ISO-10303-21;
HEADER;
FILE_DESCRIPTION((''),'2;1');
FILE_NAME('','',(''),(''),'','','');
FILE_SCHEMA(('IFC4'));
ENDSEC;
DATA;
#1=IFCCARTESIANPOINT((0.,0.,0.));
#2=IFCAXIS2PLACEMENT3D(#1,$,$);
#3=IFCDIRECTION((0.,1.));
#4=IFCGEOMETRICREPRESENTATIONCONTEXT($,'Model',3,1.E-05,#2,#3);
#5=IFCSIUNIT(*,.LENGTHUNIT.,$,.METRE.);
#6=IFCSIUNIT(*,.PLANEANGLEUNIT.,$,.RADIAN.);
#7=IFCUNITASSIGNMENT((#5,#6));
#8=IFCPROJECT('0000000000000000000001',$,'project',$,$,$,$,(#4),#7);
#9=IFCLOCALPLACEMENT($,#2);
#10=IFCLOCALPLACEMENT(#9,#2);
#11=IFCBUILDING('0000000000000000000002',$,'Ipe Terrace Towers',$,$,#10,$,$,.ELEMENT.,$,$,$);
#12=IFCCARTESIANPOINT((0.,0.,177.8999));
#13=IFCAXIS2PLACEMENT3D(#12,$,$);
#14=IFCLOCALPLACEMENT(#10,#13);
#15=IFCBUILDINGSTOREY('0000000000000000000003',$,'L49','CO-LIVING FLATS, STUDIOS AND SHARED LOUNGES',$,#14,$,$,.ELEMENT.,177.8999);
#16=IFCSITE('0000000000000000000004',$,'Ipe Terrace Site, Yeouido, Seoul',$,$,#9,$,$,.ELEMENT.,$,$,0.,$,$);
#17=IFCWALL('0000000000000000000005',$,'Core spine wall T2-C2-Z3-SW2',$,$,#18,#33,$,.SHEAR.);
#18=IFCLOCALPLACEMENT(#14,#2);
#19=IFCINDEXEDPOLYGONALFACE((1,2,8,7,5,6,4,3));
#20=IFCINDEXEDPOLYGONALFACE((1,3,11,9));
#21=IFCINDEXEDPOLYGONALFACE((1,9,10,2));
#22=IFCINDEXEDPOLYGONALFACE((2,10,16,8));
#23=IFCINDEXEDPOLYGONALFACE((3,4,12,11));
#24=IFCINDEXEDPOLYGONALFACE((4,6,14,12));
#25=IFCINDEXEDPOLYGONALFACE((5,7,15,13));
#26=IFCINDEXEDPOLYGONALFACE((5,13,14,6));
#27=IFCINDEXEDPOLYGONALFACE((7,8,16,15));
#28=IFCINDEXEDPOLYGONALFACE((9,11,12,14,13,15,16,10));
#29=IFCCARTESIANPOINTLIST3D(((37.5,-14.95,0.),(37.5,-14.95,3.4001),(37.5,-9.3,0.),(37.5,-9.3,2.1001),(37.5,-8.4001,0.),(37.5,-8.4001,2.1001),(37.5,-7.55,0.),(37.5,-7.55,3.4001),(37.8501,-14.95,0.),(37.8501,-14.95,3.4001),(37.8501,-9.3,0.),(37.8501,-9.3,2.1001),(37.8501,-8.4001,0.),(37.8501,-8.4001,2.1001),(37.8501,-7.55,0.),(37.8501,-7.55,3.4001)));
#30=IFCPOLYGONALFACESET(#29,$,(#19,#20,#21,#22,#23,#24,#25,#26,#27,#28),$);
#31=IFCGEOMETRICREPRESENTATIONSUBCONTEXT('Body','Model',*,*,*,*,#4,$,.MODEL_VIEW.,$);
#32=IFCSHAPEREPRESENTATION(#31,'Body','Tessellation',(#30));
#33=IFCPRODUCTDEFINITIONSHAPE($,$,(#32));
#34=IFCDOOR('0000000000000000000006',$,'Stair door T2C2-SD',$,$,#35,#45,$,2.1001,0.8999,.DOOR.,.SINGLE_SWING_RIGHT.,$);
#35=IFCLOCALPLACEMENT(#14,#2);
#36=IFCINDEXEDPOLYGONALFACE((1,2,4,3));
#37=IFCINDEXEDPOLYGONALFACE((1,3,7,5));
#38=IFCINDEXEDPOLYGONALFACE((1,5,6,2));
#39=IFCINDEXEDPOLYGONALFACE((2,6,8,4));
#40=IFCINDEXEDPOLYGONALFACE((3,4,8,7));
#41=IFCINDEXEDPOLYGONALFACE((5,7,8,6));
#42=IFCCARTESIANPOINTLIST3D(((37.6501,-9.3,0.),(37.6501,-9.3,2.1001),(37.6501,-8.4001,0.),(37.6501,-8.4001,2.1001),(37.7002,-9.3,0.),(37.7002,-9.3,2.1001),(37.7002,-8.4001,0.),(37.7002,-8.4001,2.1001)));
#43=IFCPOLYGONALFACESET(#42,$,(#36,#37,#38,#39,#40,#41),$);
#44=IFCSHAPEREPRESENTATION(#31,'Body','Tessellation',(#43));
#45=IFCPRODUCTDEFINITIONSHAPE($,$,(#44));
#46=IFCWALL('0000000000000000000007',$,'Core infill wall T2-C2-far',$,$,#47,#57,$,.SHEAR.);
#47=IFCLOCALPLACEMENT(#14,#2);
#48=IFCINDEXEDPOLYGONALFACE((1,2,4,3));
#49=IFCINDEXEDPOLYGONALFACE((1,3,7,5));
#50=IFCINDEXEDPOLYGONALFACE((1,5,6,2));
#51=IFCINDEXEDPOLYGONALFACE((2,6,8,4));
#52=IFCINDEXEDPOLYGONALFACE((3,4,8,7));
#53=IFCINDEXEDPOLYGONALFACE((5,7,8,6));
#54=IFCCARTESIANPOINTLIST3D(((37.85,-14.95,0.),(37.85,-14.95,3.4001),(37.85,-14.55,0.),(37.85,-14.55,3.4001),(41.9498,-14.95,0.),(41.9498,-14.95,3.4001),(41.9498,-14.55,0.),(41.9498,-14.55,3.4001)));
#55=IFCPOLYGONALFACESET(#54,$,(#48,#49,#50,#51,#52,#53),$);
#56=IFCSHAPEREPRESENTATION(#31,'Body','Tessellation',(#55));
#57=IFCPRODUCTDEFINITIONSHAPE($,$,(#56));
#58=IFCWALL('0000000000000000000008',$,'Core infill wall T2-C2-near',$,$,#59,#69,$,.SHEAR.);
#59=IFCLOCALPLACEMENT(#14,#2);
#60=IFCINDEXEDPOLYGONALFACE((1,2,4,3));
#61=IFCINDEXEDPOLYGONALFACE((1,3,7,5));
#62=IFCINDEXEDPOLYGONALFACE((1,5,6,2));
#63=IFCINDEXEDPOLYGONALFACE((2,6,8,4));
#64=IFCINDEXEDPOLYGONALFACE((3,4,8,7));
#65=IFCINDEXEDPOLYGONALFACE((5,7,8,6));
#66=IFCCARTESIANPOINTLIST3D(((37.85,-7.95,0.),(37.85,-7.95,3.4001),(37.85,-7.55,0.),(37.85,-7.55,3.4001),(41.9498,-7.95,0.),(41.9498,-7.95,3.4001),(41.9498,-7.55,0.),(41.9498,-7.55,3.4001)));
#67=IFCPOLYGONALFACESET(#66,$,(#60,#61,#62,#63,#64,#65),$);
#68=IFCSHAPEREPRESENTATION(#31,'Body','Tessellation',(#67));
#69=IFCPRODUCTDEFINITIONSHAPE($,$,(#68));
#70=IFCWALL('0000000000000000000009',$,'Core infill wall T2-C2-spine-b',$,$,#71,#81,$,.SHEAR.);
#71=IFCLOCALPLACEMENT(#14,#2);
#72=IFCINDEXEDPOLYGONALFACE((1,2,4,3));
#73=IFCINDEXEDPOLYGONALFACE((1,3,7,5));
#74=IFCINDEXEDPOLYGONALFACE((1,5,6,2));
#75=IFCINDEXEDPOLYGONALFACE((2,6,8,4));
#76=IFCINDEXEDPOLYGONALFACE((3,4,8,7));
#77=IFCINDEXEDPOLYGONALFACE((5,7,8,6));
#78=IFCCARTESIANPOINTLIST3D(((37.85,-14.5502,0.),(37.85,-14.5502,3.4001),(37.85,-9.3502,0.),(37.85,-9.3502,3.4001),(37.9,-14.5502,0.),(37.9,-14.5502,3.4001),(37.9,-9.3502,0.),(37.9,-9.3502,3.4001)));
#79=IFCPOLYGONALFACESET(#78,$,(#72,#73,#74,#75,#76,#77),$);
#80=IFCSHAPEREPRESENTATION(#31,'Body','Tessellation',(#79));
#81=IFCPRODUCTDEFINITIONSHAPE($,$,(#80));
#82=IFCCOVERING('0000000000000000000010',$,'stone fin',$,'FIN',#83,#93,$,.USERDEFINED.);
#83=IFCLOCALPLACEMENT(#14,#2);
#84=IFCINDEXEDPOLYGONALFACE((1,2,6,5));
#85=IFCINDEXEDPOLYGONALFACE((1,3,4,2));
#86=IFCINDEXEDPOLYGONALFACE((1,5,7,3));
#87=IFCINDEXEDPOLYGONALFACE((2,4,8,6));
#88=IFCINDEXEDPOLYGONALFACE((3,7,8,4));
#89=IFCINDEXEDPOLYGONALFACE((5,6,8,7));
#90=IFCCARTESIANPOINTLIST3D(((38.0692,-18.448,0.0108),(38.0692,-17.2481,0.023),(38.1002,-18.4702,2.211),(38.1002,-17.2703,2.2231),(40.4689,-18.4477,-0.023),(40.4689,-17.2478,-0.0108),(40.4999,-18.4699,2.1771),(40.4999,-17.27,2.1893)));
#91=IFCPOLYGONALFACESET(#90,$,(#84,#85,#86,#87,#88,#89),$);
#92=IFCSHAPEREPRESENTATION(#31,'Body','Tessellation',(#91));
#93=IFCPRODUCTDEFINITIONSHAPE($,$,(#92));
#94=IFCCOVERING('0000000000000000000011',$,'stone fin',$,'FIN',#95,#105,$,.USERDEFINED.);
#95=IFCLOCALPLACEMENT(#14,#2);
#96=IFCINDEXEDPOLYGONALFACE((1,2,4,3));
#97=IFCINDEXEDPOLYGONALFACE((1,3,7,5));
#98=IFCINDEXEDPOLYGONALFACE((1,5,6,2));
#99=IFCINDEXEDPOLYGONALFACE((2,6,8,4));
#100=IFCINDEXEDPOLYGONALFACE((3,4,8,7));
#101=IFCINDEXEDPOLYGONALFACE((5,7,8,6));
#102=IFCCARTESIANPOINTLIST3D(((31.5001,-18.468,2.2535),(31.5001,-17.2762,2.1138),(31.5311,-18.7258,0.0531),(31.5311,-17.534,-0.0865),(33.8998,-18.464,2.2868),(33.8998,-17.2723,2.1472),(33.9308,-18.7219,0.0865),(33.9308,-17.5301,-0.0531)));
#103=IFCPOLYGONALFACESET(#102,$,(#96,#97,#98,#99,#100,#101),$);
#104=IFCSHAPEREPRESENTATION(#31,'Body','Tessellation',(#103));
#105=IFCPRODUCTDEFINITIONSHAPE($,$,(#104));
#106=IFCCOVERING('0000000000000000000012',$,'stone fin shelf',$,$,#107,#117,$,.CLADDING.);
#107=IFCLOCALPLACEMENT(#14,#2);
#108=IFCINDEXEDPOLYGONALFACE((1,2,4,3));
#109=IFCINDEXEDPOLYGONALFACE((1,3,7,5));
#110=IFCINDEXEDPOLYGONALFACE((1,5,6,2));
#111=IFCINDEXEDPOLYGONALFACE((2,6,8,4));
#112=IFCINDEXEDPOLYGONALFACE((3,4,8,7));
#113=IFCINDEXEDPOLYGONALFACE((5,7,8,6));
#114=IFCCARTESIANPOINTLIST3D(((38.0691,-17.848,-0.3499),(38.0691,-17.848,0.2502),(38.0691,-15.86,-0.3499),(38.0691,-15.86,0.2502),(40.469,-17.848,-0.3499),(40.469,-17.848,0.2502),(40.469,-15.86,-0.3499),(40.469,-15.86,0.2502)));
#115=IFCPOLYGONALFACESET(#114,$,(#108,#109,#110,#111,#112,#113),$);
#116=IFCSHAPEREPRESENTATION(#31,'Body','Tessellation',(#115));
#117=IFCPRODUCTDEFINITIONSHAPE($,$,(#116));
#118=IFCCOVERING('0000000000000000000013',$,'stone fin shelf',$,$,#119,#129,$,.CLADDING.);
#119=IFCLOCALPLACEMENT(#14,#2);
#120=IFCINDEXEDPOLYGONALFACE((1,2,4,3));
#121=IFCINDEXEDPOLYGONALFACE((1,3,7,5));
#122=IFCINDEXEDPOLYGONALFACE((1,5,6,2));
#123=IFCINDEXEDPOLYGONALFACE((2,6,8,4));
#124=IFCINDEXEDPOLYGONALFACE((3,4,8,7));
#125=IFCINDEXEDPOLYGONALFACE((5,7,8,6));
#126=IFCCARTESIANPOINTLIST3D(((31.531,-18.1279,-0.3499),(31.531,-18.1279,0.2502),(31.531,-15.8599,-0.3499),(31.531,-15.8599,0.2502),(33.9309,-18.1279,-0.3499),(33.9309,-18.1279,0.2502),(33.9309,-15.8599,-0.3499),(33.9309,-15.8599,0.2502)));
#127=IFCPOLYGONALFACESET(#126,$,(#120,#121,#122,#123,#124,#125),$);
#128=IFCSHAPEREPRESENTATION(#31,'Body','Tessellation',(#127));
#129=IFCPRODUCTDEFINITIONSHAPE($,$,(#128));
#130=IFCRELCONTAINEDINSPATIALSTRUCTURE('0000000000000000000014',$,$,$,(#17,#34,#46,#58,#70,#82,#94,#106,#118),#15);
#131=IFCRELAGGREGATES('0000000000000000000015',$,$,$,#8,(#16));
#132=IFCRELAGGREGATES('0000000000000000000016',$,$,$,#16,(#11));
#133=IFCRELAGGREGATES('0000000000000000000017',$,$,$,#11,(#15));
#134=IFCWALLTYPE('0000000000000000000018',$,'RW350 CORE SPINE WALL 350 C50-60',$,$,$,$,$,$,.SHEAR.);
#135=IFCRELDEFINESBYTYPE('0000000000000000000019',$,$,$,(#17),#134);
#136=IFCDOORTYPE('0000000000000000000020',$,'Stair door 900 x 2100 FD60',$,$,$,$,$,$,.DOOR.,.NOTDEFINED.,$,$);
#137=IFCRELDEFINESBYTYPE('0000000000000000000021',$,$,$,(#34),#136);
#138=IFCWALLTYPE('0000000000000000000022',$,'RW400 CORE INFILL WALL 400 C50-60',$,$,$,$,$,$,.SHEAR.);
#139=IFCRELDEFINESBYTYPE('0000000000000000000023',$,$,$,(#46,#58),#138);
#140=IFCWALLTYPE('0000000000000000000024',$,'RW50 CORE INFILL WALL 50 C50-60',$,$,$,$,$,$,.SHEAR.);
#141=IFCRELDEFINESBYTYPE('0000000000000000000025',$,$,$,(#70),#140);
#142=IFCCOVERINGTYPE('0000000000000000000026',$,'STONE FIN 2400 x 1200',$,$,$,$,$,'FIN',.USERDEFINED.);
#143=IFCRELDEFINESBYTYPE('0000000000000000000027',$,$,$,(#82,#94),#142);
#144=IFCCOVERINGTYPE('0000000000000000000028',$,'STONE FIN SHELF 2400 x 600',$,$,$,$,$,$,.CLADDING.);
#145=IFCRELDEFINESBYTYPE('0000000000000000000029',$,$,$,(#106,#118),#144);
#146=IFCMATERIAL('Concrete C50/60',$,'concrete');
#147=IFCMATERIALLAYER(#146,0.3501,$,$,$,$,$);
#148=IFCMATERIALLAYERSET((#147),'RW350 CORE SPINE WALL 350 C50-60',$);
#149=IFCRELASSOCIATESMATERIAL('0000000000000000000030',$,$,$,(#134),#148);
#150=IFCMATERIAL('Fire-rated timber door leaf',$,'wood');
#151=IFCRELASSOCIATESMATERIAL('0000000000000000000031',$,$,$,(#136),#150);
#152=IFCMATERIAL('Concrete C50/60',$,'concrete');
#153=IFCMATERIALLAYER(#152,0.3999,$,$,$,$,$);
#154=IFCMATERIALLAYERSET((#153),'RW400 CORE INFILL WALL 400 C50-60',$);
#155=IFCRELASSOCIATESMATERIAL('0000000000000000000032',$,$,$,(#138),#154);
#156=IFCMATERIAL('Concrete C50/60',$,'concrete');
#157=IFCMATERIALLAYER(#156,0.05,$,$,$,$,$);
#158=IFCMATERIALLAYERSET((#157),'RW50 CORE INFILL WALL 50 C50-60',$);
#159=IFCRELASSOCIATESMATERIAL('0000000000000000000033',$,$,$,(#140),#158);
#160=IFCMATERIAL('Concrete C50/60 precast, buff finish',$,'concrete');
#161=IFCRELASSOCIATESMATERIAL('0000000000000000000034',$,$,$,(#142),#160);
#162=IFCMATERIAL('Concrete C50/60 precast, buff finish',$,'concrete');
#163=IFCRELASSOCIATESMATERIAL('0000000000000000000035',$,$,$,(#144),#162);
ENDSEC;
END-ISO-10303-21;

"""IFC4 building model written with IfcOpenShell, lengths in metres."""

from ifc_helpers import new_model, si_unit, direction, frame, frame_2d, origin, origin_2d, place, context, subcontext, project, spatial, rectangle, extrude, material, layer, layer_set, material_profile, profile_set, type_object, element, fill, save


model = new_model("IFC4")

# Units and contexts
model_context = context("Model", 3, precision=1e-05, world=origin(), true_north=direction((0.0, 1.0)))
body_context = subcontext(model_context, "Body", "Model", "MODEL_VIEW")
ifc_project = project(units=[si_unit("LENGTHUNIT", "METRE"), si_unit("PLANEANGLEUNIT", "RADIAN")], contexts=[model_context])

# Site, building, storey
site_placement = place(None, origin())
site = spatial("IfcSite", under=ifc_project, at=site_placement, Name="Ipe Terrace Site, Yeouido, Seoul", CompositionType="ELEMENT", RefElevation=0.0)
building_placement = place(site_placement, origin())
building = spatial("IfcBuilding", under=site, at=building_placement, Name="Ipe Terrace Towers", CompositionType="ELEMENT")
storey_placement = place(building_placement, frame((0.0, 0.0, 177.8999)))
storey = spatial("IfcBuildingStorey", under=building, at=storey_placement, Name="L49", Description="CO-LIVING FLATS, STUDIOS AND SHARED LOUNGES", CompositionType="ELEMENT", Elevation=177.8999)

# Shared definitions
ifc_material_1 = material(Name="Concrete C50/60", Category="concrete")
ifc_layer_1 = layer(ifc_material_1, 0.3501)
ifc_layer_set_1 = layer_set([ifc_layer_1], Name="RW350 CORE SPINE WALL 350 C50-60")
wall_type_1 = type_object("IfcWallType", Name="RW350 CORE SPINE WALL 350 C50-60", PredefinedType="SHEAR", material=ifc_layer_set_1)

# Wall, opening, door
wall_1_placement = place(storey_placement, frame((37.675, -14.95, 0.0), z_axis=(0.0, 0.0, 1.0), x_axis=(0.0, 1.0, 0.0)))
wall_1 = element("IfcWall", 1, at=wall_1_placement, inside=storey, type_object=wall_type_1, Name="Core spine wall T2-C2-Z3-SW2", PredefinedType="SHEAR", context=body_context, shape_type="SweptSolid", body=[
    extrude(rectangle(XDim=7.3999, YDim=0.3501, at=frame_2d((3.7, 0.0))), origin(), (0.0, 0.0, 1.0), 3.4001),
])
opening_1_placement = place(wall_1_placement, frame((5.6499, 0.0, 0.0)))
opening_1 = element("IfcOpeningElement", 2, at=opening_1_placement, cuts=wall_1, PredefinedType="OPENING", context=body_context, shape_type="SweptSolid", body=[
    extrude(rectangle(XDim=0.8999, YDim=2.1001, at=frame_2d((0.45, 1.05))), frame((0.0, 0.1851, 0.0), z_axis=(0.0, -1.0, 0.0), x_axis=(1.0, 0.0, 0.0)), (0.0, 0.0, 1.0), 0.3701),
])
ifc_material_2 = material(Name="Fire-rated timber door leaf", Category="wood")
door_type_1 = type_object("IfcDoorType", Name="Stair door 900 x 2100 FD60", OperationType="NOTDEFINED", PredefinedType="DOOR", material=ifc_material_2)
door_1_placement = place(opening_1_placement, origin())
door_1 = element("IfcDoor", 3, at=door_1_placement, inside=storey, type_object=door_type_1, Name="Stair door T2C2-SD", OperationType="SINGLE_SWING_RIGHT", OverallHeight=2.1001, OverallWidth=0.8999, PredefinedType="DOOR", context=body_context, shape_type="SweptSolid", body=[
    extrude(rectangle(XDim=0.8999, YDim=2.1001, at=frame_2d((0.45, 1.05))), frame((0.0, 0.0249, 0.0), z_axis=(0.0, -1.0, 0.0), x_axis=(1.0, 0.0, 0.0)), (0.0, 0.0, 1.0), 0.05),
])
fill(opening_1, door_1)

# Walls
ifc_material_3 = material(Name="Concrete C50/60", Category="concrete")
ifc_layer_2 = layer(ifc_material_3, 0.3999)
ifc_layer_set_2 = layer_set([ifc_layer_2], Name="RW400 CORE INFILL WALL 400 C50-60")
wall_type_2 = type_object("IfcWallType", Name="RW400 CORE INFILL WALL 400 C50-60", PredefinedType="SHEAR", material=ifc_layer_set_2)
for number, where, z_axis, x_axis, name in (
    (4, (37.8501, -14.75, 0.0), (0.0, 0.0, 1.0), (1.0, 0.0, 0.0), "Core infill wall T2-C2-far"),
    (5, (37.8501, -7.75, 0.0), (0.0, 0.0, 1.0), (1.0, 0.0, 0.0), "Core infill wall T2-C2-near"),
):
    element("IfcWall", number, at=place(storey_placement, frame(where, z_axis=z_axis, x_axis=x_axis)), inside=storey, type_object=wall_type_2, Name=name, PredefinedType="SHEAR", context=body_context, shape_type="SweptSolid", body=[
        extrude(rectangle(XDim=4.0999, YDim=0.3999, at=frame_2d((2.0498, 0.0))), origin(), (0.0, 0.0, 1.0), 3.4001),
    ])
ifc_material_4 = material(Name="Concrete C50/60", Category="concrete")
ifc_layer_3 = layer(ifc_material_4, 0.05)
ifc_layer_set_3 = layer_set([ifc_layer_3], Name="RW50 CORE INFILL WALL 50 C50-60")
wall_type_3 = type_object("IfcWallType", Name="RW50 CORE INFILL WALL 50 C50-60", PredefinedType="SHEAR", material=ifc_layer_set_3)
wall_2_placement = place(storey_placement, frame((37.875, -9.3501, 0.0), z_axis=(0.0, 0.0, 1.0), x_axis=(0.0, -1.0, 0.0)))
element("IfcWall", 6, at=wall_2_placement, inside=storey, type_object=wall_type_3, Name="Core infill wall T2-C2-spine-b", PredefinedType="SHEAR", context=body_context, shape_type="SweptSolid", body=[
    extrude(rectangle(XDim=5.2, YDim=0.05, at=frame_2d((2.6001, 0.0))), origin(), (0.0, 0.0, 1.0), 3.4001),
])

# Coverings
ifc_material_5 = material(Name="Concrete C50/60 precast, buff finish", Category="concrete")
ifc_material_profile = material_profile(ifc_material_5, rectangle(XDim=2.3999, YDim=1.2, at=origin_2d()), Name="STONE FIN 2400 x 1200")
ifc_profile_set = profile_set([ifc_material_profile], Name="Concrete C50/60 precast, buff finish")
covering_type_1 = type_object("IfcCoveringType", Name="STONE FIN 2400 x 1200", ElementType="FIN", PredefinedType="USERDEFINED", material=ifc_profile_set)
covering_1_placement = place(storey_placement, frame((39.269, -17.8479, 0.0), z_axis=(0.01409, -0.010096, 0.99985), x_axis=(0.999901, 0.000142, -0.014089)))
element("IfcCovering", 7, at=covering_1_placement, inside=storey, type_object=covering_type_1, Name="stone fin", ObjectType="FIN", PredefinedType="USERDEFINED", context=body_context, shape_type="SweptSolid", body=[
    extrude(rectangle(XDim=2.3999, YDim=1.2, at=origin_2d()), origin(), (0.0, 0.0, 1.0), 2.2004),
])
covering_2_placement = place(storey_placement, frame((32.731, -18.1279, 0.0), z_axis=(-0.013995, 0.116369, 0.993107), x_axis=(0.999902, 0.001629, 0.0139)))
element("IfcCovering", 8, at=covering_2_placement, inside=storey, type_object=covering_type_1, Name="stone fin", ObjectType="FIN", PredefinedType="USERDEFINED", context=body_context, shape_type="SweptSolid", body=[
    extrude(rectangle(XDim=2.3999, YDim=1.2, at=origin_2d()), origin(), (0.0, 0.0, 1.0), 2.2156),
])
ifc_material_6 = material(Name="Concrete C50/60 precast, buff finish", Category="concrete")
covering_type_2 = type_object("IfcCoveringType", Name="STONE FIN SHELF 2400 x 600", PredefinedType="CLADDING", material=ifc_material_6)
covering_3_placement = place(storey_placement, frame((39.269, -16.854, -0.3499), z_axis=(0.0, 0.0, 1.0), x_axis=(1.0, 0.0, 0.0)))
element("IfcCovering", 9, at=covering_3_placement, inside=storey, type_object=covering_type_2, Name="stone fin shelf", PredefinedType="CLADDING", context=body_context, shape_type="SweptSolid", body=[
    extrude(rectangle(XDim=2.3999, YDim=1.988, at=origin_2d()), origin(), (0.0, 0.0, 1.0), 0.6001),
])
covering_4_placement = place(storey_placement, frame((32.731, -16.9939, -0.3499), z_axis=(0.0, 0.0, 1.0), x_axis=(1.0, 0.0, 0.0)))
element("IfcCovering", 10, at=covering_4_placement, inside=storey, type_object=covering_type_2, Name="stone fin shelf", PredefinedType="CLADDING", context=body_context, shape_type="SweptSolid", body=[
    extrude(rectangle(XDim=2.3999, YDim=2.2681, at=origin_2d()), origin(), (0.0, 0.0, 1.0), 0.6001),
])

save(model, "model.ifc")
